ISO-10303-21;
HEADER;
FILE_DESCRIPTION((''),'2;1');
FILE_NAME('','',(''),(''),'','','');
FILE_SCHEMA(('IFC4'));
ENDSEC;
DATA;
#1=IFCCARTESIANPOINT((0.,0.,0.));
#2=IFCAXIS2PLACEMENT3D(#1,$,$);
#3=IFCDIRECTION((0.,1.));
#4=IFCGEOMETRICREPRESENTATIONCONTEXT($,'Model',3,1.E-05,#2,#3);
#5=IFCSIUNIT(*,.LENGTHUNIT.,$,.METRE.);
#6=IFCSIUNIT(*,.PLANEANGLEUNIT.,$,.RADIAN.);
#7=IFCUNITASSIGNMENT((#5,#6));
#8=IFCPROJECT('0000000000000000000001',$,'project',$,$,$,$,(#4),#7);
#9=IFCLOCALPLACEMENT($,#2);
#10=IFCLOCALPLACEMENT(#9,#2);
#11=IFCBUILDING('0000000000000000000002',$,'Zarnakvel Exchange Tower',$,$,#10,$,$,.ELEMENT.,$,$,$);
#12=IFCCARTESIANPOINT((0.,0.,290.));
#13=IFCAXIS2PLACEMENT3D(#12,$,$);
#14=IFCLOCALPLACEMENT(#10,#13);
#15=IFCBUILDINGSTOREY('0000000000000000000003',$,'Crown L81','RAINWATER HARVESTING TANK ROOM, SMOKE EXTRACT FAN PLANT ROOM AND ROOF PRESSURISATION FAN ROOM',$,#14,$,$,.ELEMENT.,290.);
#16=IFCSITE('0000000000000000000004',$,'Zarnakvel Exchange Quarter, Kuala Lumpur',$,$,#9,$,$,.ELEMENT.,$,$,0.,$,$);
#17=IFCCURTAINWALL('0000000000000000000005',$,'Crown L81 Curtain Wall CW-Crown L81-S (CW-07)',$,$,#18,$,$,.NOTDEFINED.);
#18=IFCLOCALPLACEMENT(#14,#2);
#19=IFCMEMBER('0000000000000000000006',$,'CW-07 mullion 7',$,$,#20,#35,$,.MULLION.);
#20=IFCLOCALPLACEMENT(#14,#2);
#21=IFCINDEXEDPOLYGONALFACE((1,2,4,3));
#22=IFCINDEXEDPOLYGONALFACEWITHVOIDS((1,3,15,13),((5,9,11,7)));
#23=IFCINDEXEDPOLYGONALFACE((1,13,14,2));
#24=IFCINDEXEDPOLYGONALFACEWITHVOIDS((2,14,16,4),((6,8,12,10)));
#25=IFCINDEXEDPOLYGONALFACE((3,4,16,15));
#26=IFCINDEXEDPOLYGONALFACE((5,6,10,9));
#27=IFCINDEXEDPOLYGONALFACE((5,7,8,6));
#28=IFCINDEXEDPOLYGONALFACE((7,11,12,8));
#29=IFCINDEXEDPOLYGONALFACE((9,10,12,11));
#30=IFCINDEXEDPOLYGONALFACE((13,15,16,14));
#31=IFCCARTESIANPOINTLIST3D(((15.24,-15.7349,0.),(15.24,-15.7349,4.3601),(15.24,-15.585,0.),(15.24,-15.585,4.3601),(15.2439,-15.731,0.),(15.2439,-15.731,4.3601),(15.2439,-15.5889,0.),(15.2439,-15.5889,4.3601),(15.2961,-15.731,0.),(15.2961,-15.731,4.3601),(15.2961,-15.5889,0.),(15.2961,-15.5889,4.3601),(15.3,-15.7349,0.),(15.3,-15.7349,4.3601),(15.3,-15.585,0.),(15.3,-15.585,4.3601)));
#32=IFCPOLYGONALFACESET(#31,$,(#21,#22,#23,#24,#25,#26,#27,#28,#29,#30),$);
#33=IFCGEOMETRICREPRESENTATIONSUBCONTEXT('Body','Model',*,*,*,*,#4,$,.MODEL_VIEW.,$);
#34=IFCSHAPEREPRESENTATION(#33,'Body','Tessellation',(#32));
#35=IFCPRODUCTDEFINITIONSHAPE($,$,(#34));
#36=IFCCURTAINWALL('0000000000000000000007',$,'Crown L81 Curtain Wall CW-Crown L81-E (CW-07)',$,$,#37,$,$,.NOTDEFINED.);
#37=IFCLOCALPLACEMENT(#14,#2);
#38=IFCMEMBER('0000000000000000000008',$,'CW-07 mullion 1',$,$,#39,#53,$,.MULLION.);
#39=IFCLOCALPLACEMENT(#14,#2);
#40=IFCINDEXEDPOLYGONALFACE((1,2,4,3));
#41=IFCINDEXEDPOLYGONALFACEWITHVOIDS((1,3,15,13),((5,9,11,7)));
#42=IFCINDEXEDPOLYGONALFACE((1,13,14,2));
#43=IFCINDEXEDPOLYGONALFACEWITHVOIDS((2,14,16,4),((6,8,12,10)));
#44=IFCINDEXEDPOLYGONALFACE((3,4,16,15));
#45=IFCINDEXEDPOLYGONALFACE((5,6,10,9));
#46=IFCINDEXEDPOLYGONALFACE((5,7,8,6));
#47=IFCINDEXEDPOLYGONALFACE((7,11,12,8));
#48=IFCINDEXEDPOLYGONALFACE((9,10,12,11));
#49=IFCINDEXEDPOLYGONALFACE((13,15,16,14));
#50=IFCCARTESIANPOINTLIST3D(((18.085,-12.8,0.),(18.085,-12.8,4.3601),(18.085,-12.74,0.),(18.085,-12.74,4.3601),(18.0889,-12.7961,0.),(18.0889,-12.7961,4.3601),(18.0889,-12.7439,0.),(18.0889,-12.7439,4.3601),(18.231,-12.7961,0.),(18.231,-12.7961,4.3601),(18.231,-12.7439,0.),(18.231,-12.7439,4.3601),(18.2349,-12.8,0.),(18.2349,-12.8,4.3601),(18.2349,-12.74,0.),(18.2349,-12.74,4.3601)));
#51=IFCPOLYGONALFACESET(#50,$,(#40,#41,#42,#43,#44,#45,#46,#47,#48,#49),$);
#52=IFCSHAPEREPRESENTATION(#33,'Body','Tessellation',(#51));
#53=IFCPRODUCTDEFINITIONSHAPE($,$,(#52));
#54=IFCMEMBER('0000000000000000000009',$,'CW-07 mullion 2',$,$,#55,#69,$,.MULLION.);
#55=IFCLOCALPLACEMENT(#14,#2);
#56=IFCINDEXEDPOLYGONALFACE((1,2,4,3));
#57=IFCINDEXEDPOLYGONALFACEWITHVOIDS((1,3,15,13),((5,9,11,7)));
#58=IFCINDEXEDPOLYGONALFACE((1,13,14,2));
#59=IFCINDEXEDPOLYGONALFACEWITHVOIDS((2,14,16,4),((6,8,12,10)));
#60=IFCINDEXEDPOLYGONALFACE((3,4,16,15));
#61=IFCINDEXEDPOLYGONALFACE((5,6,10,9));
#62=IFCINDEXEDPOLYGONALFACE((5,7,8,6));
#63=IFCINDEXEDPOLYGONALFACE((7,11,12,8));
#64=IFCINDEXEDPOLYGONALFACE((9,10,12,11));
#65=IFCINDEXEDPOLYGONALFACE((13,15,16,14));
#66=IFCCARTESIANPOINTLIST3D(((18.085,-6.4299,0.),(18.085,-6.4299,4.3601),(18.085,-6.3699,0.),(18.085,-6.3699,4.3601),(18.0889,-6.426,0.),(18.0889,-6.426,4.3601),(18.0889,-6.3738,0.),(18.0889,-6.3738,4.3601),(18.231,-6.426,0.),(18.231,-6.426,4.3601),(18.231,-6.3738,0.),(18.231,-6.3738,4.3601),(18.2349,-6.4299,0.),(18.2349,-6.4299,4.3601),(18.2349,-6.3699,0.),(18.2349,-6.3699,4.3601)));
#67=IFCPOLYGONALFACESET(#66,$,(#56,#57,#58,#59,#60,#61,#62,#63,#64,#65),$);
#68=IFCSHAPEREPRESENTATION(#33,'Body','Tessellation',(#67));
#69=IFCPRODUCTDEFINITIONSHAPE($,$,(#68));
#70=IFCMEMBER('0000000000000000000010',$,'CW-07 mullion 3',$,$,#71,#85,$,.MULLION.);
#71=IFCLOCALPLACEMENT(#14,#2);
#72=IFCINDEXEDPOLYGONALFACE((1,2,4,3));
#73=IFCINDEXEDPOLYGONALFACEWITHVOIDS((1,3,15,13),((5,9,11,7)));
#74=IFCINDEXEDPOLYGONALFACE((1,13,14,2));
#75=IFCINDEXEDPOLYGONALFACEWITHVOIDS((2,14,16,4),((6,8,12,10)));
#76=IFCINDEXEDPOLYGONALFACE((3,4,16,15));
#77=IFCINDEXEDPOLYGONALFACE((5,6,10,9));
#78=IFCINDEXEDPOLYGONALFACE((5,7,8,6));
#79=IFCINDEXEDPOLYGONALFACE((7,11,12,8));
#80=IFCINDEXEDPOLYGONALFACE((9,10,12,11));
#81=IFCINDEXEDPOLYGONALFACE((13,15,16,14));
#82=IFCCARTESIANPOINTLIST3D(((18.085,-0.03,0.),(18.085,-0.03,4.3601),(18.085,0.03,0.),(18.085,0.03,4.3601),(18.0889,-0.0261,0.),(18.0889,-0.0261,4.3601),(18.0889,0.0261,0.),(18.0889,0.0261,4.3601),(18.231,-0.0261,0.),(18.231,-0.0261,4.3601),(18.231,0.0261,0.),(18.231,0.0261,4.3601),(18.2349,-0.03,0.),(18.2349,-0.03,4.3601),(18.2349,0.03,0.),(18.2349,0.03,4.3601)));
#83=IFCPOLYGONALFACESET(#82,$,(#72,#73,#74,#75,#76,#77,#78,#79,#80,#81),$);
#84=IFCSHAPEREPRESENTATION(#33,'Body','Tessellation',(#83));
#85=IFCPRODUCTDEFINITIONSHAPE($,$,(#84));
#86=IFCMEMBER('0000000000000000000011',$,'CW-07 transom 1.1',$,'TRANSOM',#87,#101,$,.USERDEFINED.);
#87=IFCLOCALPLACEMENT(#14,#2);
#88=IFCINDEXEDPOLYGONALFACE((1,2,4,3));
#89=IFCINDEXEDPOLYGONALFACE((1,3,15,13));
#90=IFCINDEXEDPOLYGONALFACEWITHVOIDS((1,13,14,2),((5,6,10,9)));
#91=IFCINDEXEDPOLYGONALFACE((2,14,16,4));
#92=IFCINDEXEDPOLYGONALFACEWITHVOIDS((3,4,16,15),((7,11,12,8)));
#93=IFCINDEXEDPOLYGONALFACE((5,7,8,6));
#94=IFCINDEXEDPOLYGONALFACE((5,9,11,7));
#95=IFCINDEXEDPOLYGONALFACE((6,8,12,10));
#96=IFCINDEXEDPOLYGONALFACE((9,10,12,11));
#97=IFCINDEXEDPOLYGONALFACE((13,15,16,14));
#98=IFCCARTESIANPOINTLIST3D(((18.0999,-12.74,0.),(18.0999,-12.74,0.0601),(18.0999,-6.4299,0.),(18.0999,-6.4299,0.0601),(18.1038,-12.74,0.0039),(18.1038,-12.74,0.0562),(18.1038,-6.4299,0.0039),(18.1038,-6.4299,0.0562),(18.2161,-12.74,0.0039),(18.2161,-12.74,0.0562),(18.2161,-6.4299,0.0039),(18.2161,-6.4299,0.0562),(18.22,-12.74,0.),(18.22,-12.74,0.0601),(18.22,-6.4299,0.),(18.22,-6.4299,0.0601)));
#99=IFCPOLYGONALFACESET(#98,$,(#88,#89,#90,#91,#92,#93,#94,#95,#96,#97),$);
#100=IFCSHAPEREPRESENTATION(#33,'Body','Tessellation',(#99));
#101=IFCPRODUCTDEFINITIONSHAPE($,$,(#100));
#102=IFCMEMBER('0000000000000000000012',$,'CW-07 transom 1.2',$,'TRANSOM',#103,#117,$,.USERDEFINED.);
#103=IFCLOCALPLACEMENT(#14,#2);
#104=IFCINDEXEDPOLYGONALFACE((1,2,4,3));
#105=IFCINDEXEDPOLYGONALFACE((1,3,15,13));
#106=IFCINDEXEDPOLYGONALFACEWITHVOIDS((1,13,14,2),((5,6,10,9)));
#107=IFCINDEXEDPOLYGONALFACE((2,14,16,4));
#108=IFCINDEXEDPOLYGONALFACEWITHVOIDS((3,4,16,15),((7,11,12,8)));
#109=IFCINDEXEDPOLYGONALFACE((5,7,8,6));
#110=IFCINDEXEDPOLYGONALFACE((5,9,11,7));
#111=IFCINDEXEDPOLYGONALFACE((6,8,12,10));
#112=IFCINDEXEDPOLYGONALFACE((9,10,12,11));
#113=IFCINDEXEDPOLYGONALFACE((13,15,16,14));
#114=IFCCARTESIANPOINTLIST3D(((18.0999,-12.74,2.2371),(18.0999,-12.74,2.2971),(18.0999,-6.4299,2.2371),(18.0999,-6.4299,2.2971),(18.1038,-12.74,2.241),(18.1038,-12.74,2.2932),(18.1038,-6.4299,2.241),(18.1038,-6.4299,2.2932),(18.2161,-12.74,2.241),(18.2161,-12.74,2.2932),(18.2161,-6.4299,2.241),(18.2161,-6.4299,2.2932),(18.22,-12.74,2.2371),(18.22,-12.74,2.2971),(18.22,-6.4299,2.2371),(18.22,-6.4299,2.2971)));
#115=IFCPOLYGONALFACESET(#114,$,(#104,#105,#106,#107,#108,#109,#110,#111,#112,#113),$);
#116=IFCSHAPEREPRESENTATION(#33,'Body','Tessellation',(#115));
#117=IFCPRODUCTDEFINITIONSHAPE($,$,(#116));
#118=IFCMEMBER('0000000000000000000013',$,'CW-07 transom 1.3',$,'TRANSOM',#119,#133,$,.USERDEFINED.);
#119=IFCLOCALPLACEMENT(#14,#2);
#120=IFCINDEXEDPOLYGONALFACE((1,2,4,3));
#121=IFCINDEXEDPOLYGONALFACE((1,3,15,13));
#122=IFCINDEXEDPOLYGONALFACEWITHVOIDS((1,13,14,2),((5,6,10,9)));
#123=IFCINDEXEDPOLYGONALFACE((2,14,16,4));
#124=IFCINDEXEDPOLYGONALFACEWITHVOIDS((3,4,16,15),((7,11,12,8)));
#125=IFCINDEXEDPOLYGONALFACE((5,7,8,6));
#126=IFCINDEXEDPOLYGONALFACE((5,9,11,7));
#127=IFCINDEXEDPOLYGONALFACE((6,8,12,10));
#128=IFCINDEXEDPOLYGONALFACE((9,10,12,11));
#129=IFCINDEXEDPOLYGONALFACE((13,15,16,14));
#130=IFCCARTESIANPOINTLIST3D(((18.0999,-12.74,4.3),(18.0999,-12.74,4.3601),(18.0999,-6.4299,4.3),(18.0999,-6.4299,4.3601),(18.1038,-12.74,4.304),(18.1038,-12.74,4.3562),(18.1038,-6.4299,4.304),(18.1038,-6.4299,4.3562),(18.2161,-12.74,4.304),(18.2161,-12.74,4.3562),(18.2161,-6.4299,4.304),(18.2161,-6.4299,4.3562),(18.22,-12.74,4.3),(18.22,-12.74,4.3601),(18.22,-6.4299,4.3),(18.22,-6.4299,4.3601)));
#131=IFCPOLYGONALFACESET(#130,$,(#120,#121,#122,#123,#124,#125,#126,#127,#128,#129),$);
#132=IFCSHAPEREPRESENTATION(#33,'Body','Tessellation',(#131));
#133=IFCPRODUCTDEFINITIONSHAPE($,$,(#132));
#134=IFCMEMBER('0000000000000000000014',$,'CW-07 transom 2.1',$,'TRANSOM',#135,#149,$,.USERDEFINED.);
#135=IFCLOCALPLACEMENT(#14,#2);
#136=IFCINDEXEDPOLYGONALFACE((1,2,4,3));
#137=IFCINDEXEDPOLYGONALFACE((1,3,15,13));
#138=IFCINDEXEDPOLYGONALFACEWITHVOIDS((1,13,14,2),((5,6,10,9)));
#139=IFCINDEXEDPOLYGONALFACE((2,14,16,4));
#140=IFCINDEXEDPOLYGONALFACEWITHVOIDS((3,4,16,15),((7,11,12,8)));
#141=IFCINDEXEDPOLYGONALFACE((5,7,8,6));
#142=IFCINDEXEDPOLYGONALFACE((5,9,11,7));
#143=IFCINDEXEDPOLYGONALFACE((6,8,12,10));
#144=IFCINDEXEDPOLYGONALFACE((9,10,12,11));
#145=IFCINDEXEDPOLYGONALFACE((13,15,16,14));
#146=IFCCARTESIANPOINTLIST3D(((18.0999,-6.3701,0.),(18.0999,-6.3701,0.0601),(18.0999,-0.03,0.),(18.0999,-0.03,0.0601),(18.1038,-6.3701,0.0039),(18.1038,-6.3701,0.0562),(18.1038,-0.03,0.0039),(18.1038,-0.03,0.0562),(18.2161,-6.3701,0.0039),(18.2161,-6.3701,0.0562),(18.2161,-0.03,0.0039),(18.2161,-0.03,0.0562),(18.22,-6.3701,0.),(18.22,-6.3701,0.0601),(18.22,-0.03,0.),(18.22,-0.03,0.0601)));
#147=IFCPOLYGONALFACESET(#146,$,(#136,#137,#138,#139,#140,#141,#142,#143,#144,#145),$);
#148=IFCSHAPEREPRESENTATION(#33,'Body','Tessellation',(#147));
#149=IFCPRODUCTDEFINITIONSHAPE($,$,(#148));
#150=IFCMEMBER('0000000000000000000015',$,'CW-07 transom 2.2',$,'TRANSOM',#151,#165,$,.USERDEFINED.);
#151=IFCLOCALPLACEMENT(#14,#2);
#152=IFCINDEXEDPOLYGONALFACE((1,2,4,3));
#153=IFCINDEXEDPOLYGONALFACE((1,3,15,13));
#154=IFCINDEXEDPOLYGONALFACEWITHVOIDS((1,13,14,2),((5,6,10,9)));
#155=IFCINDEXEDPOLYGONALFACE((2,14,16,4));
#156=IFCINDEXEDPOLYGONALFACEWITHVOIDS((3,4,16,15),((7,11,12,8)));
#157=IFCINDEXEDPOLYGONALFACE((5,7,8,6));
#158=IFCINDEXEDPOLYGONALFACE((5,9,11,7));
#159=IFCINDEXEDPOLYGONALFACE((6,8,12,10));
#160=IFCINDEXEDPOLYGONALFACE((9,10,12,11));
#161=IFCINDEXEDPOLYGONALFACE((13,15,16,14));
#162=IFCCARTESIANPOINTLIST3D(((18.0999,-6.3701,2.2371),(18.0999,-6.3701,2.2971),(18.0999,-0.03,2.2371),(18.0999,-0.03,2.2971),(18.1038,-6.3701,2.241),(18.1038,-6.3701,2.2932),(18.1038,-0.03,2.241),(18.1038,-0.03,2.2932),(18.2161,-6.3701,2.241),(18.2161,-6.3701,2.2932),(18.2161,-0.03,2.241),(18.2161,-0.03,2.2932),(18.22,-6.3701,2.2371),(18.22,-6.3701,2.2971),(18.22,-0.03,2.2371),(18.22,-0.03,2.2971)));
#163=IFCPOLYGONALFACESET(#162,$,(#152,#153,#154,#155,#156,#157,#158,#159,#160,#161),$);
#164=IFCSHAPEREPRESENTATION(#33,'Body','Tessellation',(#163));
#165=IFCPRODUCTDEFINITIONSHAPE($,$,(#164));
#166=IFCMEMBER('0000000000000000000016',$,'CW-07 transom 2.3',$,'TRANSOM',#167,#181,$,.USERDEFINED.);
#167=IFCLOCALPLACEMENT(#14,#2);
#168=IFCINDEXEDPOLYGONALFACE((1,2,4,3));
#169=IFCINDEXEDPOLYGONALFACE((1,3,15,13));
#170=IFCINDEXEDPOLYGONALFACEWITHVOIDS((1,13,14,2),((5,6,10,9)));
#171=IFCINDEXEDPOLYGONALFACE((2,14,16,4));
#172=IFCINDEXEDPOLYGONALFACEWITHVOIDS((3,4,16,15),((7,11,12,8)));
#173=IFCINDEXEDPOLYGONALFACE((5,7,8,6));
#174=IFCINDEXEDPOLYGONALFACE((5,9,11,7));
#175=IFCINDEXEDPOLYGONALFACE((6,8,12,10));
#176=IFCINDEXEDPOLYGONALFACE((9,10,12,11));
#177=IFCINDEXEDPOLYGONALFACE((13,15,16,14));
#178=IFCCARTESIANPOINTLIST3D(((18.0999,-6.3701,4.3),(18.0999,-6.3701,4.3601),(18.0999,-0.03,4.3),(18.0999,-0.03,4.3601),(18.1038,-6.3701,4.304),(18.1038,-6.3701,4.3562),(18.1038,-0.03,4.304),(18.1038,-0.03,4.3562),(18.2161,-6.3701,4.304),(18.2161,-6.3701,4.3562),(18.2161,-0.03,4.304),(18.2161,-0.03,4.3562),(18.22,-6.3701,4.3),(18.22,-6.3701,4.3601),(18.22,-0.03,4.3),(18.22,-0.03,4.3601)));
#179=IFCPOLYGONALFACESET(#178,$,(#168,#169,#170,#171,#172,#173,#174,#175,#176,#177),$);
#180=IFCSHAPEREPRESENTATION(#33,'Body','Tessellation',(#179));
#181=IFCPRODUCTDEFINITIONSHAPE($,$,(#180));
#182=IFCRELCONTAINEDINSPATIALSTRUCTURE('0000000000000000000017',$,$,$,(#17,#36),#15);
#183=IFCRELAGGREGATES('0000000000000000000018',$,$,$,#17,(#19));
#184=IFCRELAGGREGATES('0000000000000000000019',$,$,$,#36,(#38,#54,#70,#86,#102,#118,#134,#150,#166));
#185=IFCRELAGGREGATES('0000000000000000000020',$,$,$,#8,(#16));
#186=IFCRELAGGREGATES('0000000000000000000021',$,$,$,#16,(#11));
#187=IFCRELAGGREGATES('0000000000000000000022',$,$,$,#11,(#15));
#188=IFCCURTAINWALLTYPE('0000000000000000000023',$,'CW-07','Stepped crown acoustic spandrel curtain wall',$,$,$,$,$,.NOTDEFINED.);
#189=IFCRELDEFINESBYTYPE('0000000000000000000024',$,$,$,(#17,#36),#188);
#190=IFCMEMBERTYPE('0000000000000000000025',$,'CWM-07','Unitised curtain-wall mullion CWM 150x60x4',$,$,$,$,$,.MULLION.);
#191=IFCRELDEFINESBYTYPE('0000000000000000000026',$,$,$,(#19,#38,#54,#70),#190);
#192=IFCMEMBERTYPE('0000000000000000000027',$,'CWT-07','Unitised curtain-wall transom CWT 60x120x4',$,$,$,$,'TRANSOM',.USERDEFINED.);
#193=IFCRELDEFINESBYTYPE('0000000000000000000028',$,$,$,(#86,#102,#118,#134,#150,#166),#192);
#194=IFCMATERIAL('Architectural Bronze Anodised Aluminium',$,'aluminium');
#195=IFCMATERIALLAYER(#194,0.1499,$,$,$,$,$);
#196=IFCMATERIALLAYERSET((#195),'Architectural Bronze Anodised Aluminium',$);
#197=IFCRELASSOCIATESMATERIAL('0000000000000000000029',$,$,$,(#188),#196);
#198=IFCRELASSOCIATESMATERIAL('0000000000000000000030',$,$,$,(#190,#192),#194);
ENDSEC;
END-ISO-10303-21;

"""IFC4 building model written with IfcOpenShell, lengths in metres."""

from ifc_helpers import new_model, si_unit, direction, frame, origin, origin_2d, place, context, subcontext, project, spatial, hollow_rectangle, extrude, source, transform, mapped, material, layer, layer_set, material_profile, profile_set, type_object, element, aggregate, save


model = new_model("IFC4")

# Units and contexts
model_context = context("Model", 3, precision=1e-05, world=origin(), true_north=direction((0.0, 1.0)))
body_context = subcontext(model_context, "Body", "Model", "MODEL_VIEW")
ifc_project = project(units=[si_unit("LENGTHUNIT", "METRE"), si_unit("PLANEANGLEUNIT", "RADIAN")], contexts=[model_context])

# Site, building, storey
site_placement = place(None, origin())
site = spatial("IfcSite", under=ifc_project, at=site_placement, Name="Zarnakvel Exchange Quarter, Kuala Lumpur", CompositionType="ELEMENT", RefElevation=0.0)
building_placement = place(site_placement, origin())
building = spatial("IfcBuilding", under=site, at=building_placement, Name="Zarnakvel Exchange Tower", CompositionType="ELEMENT")
storey_placement = place(building_placement, frame((0.0, 0.0, 290.0)))
storey = spatial("IfcBuildingStorey", under=building, at=storey_placement, Name="Crown L81", Description="RAINWATER HARVESTING TANK ROOM, SMOKE EXTRACT FAN PLANT ROOM AND ROOF PRESSURISATION FAN ROOM", CompositionType="ELEMENT", Elevation=290.0)

# Curtain wall, member
ifc_material_1 = material(Name="Architectural Bronze Anodised Aluminium", Category="aluminium")
ifc_layer_1 = layer(ifc_material_1, 0.1499)
ifc_layer_set_1 = layer_set([ifc_layer_1], Name="Architectural Bronze Anodised Aluminium")
curtain_wall_type = type_object("IfcCurtainWallType", Name="CW-07", Description="Stepped crown acoustic spandrel curtain wall", PredefinedType="NOTDEFINED", material=ifc_layer_set_1)
curtain_wall_1_placement = place(storey_placement, origin())
curtain_wall_1 = element("IfcCurtainWall", 1, at=curtain_wall_1_placement, inside=storey, type_object=curtain_wall_type, Name="Crown L81 Curtain Wall CW-Crown L81-S (CW-07)", PredefinedType="NOTDEFINED")
ifc_material_profile_1 = material_profile(ifc_material_1, hollow_rectangle(XDim=0.1499, YDim=0.0601, WallThickness=0.0039, at=origin_2d()))
ifc_profile_set_1 = profile_set([ifc_material_profile_1], Name="Architectural Bronze Anodised Aluminium")
member_type_1 = type_object("IfcMemberType", Name="CWM-07", Description="Unitised curtain-wall mullion CWM 150x60x4", PredefinedType="MULLION", material=ifc_profile_set_1)
shared_shape_1 = source(origin(), body_context, "Body", "SweptSolid", [
    extrude(hollow_rectangle(XDim=0.1499, YDim=0.0601, WallThickness=0.0039, at=origin_2d()), origin(), (0.0, 0.0, 1.0), 4.3601),
])
member_1_placement = place(storey_placement, frame((15.27, -15.6599, 0.0), z_axis=(0.0, 0.0, 1.0), x_axis=(0.0, 1.0, 0.0)))
member_1 = element("IfcMember", 2, at=member_1_placement, type_object=member_type_1, Name="CW-07 mullion 7", PredefinedType="MULLION", context=body_context, shape_type="MappedRepresentation", body=[
    mapped(shared_shape_1, transform((0.0, 0.0, 0.0), x_axis=(1.0, 0.0, 0.0), y_axis=(0.0, 1.0, 0.0), z_axis=(0.0, 0.0, 1.0), scale=1.0)),
])

# Curtain wall, members
curtain_wall_2_placement = place(storey_placement, origin())
curtain_wall_2 = element("IfcCurtainWall", 3, at=curtain_wall_2_placement, inside=storey, type_object=curtain_wall_type, Name="Crown L81 Curtain Wall CW-Crown L81-E (CW-07)", PredefinedType="NOTDEFINED")
member_2_placement = place(storey_placement, frame((18.1599, -12.77, 0.0), z_axis=(0.0, 0.0, 1.0), x_axis=(-1.0, 0.0, 0.0)))
member_2 = element("IfcMember", 4, at=member_2_placement, type_object=member_type_1, Name="CW-07 mullion 1", PredefinedType="MULLION", context=body_context, shape_type="MappedRepresentation", body=[
    mapped(shared_shape_1, transform((0.0, 0.0, 0.0), x_axis=(1.0, 0.0, 0.0), y_axis=(0.0, 1.0, 0.0), z_axis=(0.0, 0.0, 1.0), scale=1.0)),
])
member_3_placement = place(storey_placement, frame((18.1599, -6.3999, 0.0), z_axis=(0.0, 0.0, 1.0), x_axis=(-1.0, 0.0, 0.0)))
member_3 = element("IfcMember", 5, at=member_3_placement, type_object=member_type_1, Name="CW-07 mullion 2", PredefinedType="MULLION", context=body_context, shape_type="MappedRepresentation", body=[
    mapped(shared_shape_1, transform((0.0, 0.0, 0.0), x_axis=(1.0, 0.0, 0.0), y_axis=(0.0, 1.0, 0.0), z_axis=(0.0, 0.0, 1.0), scale=1.0)),
])
member_4_placement = place(storey_placement, frame((18.1599, 0.0, 0.0), z_axis=(0.0, 0.0, 1.0), x_axis=(-1.0, 0.0, 0.0)))
member_4 = element("IfcMember", 6, at=member_4_placement, type_object=member_type_1, Name="CW-07 mullion 3", PredefinedType="MULLION", context=body_context, shape_type="MappedRepresentation", body=[
    mapped(shared_shape_1, transform((0.0, 0.0, 0.0), x_axis=(1.0, 0.0, 0.0), y_axis=(0.0, 1.0, 0.0), z_axis=(0.0, 0.0, 1.0), scale=1.0)),
])
ifc_material_profile_2 = material_profile(ifc_material_1, hollow_rectangle(XDim=0.1201, YDim=0.0601, WallThickness=0.0039, at=origin_2d()))
ifc_profile_set_2 = profile_set([ifc_material_profile_2], Name="Architectural Bronze Anodised Aluminium")
member_type_2 = type_object("IfcMemberType", Name="CWT-07", Description="Unitised curtain-wall transom CWT 60x120x4", ElementType="TRANSOM", PredefinedType="USERDEFINED", material=ifc_profile_set_2)
shared_shape_2 = source(origin(), body_context, "Body", "SweptSolid", [
    extrude(hollow_rectangle(XDim=0.1201, YDim=0.0601, WallThickness=0.0039, at=origin_2d()), origin(), (0.0, 0.0, 1.0), 6.3101),
])
member_5_placement = place(storey_placement, frame((18.1599, -12.74, 0.03), z_axis=(0.0, 1.0, 0.0), x_axis=(-1.0, 0.0, 0.0)))
member_5 = element("IfcMember", 7, at=member_5_placement, type_object=member_type_2, Name="CW-07 transom 1.1", ObjectType="TRANSOM", PredefinedType="USERDEFINED", context=body_context, shape_type="MappedRepresentation", body=[
    mapped(shared_shape_2, transform((0.0, 0.0, 0.0), x_axis=(1.0, 0.0, 0.0), y_axis=(0.0, 1.0, 0.0), z_axis=(0.0, 0.0, 1.0), scale=1.0)),
])
member_6_placement = place(storey_placement, frame((18.1599, -12.74, 2.2671), z_axis=(0.0, 1.0, 0.0), x_axis=(-1.0, 0.0, 0.0)))
member_6 = element("IfcMember", 8, at=member_6_placement, type_object=member_type_2, Name="CW-07 transom 1.2", ObjectType="TRANSOM", PredefinedType="USERDEFINED", context=body_context, shape_type="MappedRepresentation", body=[
    mapped(shared_shape_2, transform((0.0, 0.0, 0.0), x_axis=(1.0, 0.0, 0.0), y_axis=(0.0, 1.0, 0.0), z_axis=(0.0, 0.0, 1.0), scale=1.0)),
])
member_7_placement = place(storey_placement, frame((18.1599, -12.74, 4.3301), z_axis=(0.0, 1.0, 0.0), x_axis=(-1.0, 0.0, 0.0)))
member_7 = element("IfcMember", 9, at=member_7_placement, type_object=member_type_2, Name="CW-07 transom 1.3", ObjectType="TRANSOM", PredefinedType="USERDEFINED", context=body_context, shape_type="MappedRepresentation", body=[
    mapped(shared_shape_2, transform((0.0, 0.0, 0.0), x_axis=(1.0, 0.0, 0.0), y_axis=(0.0, 1.0, 0.0), z_axis=(0.0, 0.0, 1.0), scale=1.0)),
])
shared_shape_3 = source(origin(), body_context, "Body", "SweptSolid", [
    extrude(hollow_rectangle(XDim=0.1201, YDim=0.0601, WallThickness=0.0039, at=origin_2d()), origin(), (0.0, 0.0, 1.0), 6.3401),
])
member_8_placement = place(storey_placement, frame((18.1599, -6.3701, 0.03), z_axis=(0.0, 1.0, 0.0), x_axis=(-1.0, 0.0, 0.0)))
member_8 = element("IfcMember", 10, at=member_8_placement, type_object=member_type_2, Name="CW-07 transom 2.1", ObjectType="TRANSOM", PredefinedType="USERDEFINED", context=body_context, shape_type="MappedRepresentation", body=[
    mapped(shared_shape_3, transform((0.0, 0.0, 0.0), x_axis=(1.0, 0.0, 0.0), y_axis=(0.0, 1.0, 0.0), z_axis=(0.0, 0.0, 1.0), scale=1.0)),
])
member_9_placement = place(storey_placement, frame((18.1599, -6.3701, 2.2671), z_axis=(0.0, 1.0, 0.0), x_axis=(-1.0, 0.0, 0.0)))
member_9 = element("IfcMember", 11, at=member_9_placement, type_object=member_type_2, Name="CW-07 transom 2.2", ObjectType="TRANSOM", PredefinedType="USERDEFINED", context=body_context, shape_type="MappedRepresentation", body=[
    mapped(shared_shape_3, transform((0.0, 0.0, 0.0), x_axis=(1.0, 0.0, 0.0), y_axis=(0.0, 1.0, 0.0), z_axis=(0.0, 0.0, 1.0), scale=1.0)),
])
member_10_placement = place(storey_placement, frame((18.1599, -6.3701, 4.3301), z_axis=(0.0, 1.0, 0.0), x_axis=(-1.0, 0.0, 0.0)))
member_10 = element("IfcMember", 12, at=member_10_placement, type_object=member_type_2, Name="CW-07 transom 2.3", ObjectType="TRANSOM", PredefinedType="USERDEFINED", context=body_context, shape_type="MappedRepresentation", body=[
    mapped(shared_shape_3, transform((0.0, 0.0, 0.0), x_axis=(1.0, 0.0, 0.0), y_axis=(0.0, 1.0, 0.0), z_axis=(0.0, 0.0, 1.0), scale=1.0)),
])

aggregate(curtain_wall_1, [member_1])
aggregate(curtain_wall_2, [member_2, member_3, member_4, member_5, member_6, member_7, member_8, member_9, member_10])

save(model, "model.ifc")
